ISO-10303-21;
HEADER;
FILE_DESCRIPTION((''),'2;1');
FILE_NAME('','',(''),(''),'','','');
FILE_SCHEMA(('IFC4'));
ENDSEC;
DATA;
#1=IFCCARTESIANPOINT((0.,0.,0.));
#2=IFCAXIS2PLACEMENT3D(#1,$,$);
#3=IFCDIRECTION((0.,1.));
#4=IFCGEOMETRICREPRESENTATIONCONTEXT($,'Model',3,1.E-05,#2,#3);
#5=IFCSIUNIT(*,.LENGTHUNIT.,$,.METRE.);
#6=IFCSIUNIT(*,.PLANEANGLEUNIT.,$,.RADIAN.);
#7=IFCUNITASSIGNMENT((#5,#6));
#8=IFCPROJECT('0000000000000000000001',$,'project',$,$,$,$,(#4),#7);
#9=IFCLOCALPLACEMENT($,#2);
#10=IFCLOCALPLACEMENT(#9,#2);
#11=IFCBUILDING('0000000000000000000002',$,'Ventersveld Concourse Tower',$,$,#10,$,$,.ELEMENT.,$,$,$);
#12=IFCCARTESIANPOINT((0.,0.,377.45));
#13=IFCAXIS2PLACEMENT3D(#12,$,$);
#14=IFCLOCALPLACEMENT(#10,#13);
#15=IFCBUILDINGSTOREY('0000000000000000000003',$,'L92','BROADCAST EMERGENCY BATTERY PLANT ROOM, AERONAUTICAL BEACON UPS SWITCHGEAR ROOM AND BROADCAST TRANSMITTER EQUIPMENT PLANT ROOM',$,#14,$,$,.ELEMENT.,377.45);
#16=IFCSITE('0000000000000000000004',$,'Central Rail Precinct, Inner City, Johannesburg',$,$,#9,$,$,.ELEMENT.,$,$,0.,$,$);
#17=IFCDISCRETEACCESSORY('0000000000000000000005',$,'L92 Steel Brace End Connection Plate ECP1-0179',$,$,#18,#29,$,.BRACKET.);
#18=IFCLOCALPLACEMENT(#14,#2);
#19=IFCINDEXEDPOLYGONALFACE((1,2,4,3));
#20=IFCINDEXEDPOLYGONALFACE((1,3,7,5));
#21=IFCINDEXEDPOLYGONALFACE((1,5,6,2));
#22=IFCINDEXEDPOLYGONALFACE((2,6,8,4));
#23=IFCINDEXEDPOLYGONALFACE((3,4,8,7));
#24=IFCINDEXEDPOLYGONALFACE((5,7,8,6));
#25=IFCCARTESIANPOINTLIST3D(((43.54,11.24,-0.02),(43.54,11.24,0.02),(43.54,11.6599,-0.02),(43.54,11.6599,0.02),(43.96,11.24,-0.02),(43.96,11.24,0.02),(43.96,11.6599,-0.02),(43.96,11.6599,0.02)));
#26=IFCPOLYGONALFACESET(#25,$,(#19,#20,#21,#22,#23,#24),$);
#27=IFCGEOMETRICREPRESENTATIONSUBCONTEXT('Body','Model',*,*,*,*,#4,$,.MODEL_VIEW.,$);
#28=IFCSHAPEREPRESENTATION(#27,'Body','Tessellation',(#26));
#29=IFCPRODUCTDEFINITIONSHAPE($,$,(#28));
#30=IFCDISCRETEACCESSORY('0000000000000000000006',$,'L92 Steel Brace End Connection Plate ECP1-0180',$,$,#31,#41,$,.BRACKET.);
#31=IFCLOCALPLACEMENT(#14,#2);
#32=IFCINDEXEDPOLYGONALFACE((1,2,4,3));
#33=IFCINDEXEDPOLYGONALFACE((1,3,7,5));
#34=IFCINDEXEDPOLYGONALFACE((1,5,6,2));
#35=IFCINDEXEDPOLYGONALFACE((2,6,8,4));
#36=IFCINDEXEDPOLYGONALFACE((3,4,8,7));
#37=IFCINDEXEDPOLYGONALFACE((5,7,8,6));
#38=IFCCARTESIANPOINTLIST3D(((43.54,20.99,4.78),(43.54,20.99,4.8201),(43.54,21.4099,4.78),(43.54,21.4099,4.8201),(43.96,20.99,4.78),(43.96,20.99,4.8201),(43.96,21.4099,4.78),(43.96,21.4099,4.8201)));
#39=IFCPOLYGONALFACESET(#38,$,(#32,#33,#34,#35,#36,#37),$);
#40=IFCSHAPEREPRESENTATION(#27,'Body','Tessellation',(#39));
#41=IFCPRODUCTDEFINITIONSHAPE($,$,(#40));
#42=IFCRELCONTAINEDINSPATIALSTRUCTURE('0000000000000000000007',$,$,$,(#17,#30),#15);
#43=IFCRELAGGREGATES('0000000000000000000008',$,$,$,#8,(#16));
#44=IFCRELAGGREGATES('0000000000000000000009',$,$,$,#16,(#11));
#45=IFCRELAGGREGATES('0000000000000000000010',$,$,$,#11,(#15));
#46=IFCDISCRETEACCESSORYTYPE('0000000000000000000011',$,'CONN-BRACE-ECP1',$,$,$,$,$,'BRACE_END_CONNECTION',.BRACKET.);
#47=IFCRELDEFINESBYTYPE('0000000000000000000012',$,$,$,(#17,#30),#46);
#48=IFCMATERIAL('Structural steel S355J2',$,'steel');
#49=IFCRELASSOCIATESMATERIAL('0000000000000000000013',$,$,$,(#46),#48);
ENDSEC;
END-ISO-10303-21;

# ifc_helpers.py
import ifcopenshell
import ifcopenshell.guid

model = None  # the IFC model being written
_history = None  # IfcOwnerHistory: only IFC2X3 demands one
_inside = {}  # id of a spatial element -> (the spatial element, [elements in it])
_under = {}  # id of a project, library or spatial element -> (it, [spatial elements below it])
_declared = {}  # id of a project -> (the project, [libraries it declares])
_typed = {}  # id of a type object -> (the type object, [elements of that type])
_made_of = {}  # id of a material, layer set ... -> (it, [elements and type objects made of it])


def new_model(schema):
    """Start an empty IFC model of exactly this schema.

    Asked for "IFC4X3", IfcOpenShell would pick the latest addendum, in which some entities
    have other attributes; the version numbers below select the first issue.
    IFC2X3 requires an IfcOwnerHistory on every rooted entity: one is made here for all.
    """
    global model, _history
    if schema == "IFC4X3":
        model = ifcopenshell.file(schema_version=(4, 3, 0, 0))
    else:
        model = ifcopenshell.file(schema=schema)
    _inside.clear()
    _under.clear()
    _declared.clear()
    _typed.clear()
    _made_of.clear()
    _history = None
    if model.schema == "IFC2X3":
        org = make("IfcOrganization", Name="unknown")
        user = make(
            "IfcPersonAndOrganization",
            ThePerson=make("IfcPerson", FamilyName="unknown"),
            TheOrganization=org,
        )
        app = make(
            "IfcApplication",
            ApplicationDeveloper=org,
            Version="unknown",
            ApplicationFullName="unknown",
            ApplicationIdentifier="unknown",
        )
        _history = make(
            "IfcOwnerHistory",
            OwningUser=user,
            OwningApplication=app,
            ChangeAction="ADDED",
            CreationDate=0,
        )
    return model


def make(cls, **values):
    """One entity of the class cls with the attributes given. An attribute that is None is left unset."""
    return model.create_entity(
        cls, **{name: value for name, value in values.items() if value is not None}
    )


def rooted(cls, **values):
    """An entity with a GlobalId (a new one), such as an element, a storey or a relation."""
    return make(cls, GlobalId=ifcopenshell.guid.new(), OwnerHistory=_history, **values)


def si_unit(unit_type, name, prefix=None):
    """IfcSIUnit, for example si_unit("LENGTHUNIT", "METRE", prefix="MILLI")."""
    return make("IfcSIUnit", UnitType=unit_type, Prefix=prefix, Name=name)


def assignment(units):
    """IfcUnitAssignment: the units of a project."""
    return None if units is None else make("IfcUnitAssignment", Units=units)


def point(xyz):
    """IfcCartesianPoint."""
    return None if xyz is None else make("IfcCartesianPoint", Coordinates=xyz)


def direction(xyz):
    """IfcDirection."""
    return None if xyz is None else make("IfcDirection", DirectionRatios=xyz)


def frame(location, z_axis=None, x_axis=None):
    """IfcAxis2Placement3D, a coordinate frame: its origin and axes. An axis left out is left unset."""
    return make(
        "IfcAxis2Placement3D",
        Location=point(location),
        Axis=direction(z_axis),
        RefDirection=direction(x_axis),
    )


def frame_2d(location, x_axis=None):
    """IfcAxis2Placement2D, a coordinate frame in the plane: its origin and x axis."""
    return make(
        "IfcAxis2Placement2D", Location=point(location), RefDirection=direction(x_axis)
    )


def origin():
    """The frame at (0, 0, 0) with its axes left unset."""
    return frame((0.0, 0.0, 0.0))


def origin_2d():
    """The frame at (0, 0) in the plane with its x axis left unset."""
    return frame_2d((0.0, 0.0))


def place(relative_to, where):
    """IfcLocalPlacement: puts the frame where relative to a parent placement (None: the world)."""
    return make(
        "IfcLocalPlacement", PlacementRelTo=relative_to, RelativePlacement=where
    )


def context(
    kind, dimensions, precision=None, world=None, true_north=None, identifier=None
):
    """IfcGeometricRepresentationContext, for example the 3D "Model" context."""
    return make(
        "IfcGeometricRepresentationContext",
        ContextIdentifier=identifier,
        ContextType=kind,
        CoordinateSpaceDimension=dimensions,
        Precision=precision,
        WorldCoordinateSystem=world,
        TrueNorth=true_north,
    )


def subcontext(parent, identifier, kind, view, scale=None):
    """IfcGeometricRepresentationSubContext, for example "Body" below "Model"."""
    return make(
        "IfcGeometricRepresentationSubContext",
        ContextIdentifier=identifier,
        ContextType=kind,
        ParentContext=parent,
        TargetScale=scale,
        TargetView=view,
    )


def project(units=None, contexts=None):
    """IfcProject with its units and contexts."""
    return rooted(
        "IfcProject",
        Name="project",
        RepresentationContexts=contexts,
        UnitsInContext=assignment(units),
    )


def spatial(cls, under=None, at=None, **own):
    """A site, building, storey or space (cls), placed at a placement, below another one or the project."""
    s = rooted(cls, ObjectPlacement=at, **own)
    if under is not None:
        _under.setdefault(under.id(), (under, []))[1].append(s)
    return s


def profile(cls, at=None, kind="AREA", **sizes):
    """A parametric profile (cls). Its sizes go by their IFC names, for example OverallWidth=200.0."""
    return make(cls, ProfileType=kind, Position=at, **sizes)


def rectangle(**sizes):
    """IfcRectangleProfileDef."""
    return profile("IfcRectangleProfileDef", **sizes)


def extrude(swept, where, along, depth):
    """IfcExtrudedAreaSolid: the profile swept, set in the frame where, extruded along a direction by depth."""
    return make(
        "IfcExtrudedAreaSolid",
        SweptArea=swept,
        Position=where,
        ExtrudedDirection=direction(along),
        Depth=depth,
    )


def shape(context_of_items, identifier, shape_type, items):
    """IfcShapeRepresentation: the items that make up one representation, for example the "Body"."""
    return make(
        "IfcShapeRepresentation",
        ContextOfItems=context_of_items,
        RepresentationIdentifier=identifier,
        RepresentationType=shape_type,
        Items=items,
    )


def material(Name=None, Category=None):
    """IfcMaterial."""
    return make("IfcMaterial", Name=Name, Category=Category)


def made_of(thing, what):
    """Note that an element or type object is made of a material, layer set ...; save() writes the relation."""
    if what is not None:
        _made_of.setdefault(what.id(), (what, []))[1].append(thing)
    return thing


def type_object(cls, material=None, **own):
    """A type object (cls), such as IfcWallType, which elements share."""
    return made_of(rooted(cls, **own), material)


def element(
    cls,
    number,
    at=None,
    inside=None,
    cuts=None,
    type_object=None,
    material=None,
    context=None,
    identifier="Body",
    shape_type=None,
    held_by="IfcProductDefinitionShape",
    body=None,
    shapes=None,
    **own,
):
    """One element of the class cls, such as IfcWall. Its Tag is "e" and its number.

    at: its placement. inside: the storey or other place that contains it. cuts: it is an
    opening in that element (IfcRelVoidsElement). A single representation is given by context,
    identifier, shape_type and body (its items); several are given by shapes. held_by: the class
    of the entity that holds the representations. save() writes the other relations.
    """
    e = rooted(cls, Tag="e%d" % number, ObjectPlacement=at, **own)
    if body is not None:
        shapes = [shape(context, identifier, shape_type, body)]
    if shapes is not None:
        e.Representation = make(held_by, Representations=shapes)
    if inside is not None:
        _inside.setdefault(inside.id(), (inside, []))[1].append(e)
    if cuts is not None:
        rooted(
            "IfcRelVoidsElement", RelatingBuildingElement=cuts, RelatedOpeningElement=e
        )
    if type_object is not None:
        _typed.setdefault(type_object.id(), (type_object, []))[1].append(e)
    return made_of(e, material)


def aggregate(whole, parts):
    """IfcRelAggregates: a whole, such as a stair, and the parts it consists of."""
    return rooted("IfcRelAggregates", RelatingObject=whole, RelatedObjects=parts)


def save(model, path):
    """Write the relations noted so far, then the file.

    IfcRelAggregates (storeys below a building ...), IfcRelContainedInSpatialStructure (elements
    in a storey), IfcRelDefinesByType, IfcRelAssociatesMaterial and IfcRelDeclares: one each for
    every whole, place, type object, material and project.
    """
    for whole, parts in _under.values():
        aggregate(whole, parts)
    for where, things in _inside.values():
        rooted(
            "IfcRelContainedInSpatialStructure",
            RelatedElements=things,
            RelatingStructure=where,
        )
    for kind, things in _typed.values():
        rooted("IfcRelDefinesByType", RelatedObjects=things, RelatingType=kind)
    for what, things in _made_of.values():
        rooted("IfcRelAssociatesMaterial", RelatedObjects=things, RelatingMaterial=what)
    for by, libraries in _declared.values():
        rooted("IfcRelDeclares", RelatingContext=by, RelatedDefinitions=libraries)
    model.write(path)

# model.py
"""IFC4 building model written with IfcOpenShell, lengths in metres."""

from ifc_helpers import new_model, si_unit, direction, frame, origin, origin_2d, place, context, subcontext, project, spatial, rectangle, extrude, material, type_object, element, save


model = new_model("IFC4")

# Units and contexts
model_context = context("Model", 3, precision=1e-05, world=origin(), true_north=direction((0.0, 1.0)))
body_context = subcontext(model_context, "Body", "Model", "MODEL_VIEW")
ifc_project = project(units=[si_unit("LENGTHUNIT", "METRE"), si_unit("PLANEANGLEUNIT", "RADIAN")], contexts=[model_context])

# Site, building, storey
site_placement = place(None, origin())
site = spatial("IfcSite", under=ifc_project, at=site_placement, Name="Central Rail Precinct, Inner City, Johannesburg", CompositionType="ELEMENT", RefElevation=0.0)
building_placement = place(site_placement, origin())
building = spatial("IfcBuilding", under=site, at=building_placement, Name="Ventersveld Concourse Tower", CompositionType="ELEMENT")
storey_placement = place(building_placement, frame((0.0, 0.0, 377.45)))
storey = spatial("IfcBuildingStorey", under=building, at=storey_placement, Name="L92", Description="BROADCAST EMERGENCY BATTERY PLANT ROOM, AERONAUTICAL BEACON UPS SWITCHGEAR ROOM AND BROADCAST TRANSMITTER EQUIPMENT PLANT ROOM", CompositionType="ELEMENT", Elevation=377.45)

# Discrete accessories
ifc_material_1 = material(Name="Structural steel S355J2", Category="steel")
discrete_accessory_type_1 = type_object("IfcDiscreteAccessoryType", Name="CONN-BRACE-ECP1", ElementType="BRACE_END_CONNECTION", PredefinedType="BRACKET", material=ifc_material_1)
for number, where, z_axis, x_axis, name in (
    (1, (43.75, 11.45, -0.02), (0.0, 0.0, 1.0), (1.0, 0.0, 0.0), "L92 Steel Brace End Connection Plate ECP1-0179"),
    (2, (43.75, 21.2, 4.78), (0.0, 0.0, 1.0), (1.0, 0.0, 0.0), "L92 Steel Brace End Connection Plate ECP1-0180"),
):
    element("IfcDiscreteAccessory", number, at=place(storey_placement, frame(where, z_axis=z_axis, x_axis=x_axis)), inside=storey, type_object=discrete_accessory_type_1, Name=name, PredefinedType="BRACKET", context=body_context, shape_type="SweptSolid", body=[
        extrude(rectangle(XDim=0.4199, YDim=0.4199, at=origin_2d()), origin(), (0.0, 0.0, 1.0), 0.04),
    ])

save(model, "model.ifc")
